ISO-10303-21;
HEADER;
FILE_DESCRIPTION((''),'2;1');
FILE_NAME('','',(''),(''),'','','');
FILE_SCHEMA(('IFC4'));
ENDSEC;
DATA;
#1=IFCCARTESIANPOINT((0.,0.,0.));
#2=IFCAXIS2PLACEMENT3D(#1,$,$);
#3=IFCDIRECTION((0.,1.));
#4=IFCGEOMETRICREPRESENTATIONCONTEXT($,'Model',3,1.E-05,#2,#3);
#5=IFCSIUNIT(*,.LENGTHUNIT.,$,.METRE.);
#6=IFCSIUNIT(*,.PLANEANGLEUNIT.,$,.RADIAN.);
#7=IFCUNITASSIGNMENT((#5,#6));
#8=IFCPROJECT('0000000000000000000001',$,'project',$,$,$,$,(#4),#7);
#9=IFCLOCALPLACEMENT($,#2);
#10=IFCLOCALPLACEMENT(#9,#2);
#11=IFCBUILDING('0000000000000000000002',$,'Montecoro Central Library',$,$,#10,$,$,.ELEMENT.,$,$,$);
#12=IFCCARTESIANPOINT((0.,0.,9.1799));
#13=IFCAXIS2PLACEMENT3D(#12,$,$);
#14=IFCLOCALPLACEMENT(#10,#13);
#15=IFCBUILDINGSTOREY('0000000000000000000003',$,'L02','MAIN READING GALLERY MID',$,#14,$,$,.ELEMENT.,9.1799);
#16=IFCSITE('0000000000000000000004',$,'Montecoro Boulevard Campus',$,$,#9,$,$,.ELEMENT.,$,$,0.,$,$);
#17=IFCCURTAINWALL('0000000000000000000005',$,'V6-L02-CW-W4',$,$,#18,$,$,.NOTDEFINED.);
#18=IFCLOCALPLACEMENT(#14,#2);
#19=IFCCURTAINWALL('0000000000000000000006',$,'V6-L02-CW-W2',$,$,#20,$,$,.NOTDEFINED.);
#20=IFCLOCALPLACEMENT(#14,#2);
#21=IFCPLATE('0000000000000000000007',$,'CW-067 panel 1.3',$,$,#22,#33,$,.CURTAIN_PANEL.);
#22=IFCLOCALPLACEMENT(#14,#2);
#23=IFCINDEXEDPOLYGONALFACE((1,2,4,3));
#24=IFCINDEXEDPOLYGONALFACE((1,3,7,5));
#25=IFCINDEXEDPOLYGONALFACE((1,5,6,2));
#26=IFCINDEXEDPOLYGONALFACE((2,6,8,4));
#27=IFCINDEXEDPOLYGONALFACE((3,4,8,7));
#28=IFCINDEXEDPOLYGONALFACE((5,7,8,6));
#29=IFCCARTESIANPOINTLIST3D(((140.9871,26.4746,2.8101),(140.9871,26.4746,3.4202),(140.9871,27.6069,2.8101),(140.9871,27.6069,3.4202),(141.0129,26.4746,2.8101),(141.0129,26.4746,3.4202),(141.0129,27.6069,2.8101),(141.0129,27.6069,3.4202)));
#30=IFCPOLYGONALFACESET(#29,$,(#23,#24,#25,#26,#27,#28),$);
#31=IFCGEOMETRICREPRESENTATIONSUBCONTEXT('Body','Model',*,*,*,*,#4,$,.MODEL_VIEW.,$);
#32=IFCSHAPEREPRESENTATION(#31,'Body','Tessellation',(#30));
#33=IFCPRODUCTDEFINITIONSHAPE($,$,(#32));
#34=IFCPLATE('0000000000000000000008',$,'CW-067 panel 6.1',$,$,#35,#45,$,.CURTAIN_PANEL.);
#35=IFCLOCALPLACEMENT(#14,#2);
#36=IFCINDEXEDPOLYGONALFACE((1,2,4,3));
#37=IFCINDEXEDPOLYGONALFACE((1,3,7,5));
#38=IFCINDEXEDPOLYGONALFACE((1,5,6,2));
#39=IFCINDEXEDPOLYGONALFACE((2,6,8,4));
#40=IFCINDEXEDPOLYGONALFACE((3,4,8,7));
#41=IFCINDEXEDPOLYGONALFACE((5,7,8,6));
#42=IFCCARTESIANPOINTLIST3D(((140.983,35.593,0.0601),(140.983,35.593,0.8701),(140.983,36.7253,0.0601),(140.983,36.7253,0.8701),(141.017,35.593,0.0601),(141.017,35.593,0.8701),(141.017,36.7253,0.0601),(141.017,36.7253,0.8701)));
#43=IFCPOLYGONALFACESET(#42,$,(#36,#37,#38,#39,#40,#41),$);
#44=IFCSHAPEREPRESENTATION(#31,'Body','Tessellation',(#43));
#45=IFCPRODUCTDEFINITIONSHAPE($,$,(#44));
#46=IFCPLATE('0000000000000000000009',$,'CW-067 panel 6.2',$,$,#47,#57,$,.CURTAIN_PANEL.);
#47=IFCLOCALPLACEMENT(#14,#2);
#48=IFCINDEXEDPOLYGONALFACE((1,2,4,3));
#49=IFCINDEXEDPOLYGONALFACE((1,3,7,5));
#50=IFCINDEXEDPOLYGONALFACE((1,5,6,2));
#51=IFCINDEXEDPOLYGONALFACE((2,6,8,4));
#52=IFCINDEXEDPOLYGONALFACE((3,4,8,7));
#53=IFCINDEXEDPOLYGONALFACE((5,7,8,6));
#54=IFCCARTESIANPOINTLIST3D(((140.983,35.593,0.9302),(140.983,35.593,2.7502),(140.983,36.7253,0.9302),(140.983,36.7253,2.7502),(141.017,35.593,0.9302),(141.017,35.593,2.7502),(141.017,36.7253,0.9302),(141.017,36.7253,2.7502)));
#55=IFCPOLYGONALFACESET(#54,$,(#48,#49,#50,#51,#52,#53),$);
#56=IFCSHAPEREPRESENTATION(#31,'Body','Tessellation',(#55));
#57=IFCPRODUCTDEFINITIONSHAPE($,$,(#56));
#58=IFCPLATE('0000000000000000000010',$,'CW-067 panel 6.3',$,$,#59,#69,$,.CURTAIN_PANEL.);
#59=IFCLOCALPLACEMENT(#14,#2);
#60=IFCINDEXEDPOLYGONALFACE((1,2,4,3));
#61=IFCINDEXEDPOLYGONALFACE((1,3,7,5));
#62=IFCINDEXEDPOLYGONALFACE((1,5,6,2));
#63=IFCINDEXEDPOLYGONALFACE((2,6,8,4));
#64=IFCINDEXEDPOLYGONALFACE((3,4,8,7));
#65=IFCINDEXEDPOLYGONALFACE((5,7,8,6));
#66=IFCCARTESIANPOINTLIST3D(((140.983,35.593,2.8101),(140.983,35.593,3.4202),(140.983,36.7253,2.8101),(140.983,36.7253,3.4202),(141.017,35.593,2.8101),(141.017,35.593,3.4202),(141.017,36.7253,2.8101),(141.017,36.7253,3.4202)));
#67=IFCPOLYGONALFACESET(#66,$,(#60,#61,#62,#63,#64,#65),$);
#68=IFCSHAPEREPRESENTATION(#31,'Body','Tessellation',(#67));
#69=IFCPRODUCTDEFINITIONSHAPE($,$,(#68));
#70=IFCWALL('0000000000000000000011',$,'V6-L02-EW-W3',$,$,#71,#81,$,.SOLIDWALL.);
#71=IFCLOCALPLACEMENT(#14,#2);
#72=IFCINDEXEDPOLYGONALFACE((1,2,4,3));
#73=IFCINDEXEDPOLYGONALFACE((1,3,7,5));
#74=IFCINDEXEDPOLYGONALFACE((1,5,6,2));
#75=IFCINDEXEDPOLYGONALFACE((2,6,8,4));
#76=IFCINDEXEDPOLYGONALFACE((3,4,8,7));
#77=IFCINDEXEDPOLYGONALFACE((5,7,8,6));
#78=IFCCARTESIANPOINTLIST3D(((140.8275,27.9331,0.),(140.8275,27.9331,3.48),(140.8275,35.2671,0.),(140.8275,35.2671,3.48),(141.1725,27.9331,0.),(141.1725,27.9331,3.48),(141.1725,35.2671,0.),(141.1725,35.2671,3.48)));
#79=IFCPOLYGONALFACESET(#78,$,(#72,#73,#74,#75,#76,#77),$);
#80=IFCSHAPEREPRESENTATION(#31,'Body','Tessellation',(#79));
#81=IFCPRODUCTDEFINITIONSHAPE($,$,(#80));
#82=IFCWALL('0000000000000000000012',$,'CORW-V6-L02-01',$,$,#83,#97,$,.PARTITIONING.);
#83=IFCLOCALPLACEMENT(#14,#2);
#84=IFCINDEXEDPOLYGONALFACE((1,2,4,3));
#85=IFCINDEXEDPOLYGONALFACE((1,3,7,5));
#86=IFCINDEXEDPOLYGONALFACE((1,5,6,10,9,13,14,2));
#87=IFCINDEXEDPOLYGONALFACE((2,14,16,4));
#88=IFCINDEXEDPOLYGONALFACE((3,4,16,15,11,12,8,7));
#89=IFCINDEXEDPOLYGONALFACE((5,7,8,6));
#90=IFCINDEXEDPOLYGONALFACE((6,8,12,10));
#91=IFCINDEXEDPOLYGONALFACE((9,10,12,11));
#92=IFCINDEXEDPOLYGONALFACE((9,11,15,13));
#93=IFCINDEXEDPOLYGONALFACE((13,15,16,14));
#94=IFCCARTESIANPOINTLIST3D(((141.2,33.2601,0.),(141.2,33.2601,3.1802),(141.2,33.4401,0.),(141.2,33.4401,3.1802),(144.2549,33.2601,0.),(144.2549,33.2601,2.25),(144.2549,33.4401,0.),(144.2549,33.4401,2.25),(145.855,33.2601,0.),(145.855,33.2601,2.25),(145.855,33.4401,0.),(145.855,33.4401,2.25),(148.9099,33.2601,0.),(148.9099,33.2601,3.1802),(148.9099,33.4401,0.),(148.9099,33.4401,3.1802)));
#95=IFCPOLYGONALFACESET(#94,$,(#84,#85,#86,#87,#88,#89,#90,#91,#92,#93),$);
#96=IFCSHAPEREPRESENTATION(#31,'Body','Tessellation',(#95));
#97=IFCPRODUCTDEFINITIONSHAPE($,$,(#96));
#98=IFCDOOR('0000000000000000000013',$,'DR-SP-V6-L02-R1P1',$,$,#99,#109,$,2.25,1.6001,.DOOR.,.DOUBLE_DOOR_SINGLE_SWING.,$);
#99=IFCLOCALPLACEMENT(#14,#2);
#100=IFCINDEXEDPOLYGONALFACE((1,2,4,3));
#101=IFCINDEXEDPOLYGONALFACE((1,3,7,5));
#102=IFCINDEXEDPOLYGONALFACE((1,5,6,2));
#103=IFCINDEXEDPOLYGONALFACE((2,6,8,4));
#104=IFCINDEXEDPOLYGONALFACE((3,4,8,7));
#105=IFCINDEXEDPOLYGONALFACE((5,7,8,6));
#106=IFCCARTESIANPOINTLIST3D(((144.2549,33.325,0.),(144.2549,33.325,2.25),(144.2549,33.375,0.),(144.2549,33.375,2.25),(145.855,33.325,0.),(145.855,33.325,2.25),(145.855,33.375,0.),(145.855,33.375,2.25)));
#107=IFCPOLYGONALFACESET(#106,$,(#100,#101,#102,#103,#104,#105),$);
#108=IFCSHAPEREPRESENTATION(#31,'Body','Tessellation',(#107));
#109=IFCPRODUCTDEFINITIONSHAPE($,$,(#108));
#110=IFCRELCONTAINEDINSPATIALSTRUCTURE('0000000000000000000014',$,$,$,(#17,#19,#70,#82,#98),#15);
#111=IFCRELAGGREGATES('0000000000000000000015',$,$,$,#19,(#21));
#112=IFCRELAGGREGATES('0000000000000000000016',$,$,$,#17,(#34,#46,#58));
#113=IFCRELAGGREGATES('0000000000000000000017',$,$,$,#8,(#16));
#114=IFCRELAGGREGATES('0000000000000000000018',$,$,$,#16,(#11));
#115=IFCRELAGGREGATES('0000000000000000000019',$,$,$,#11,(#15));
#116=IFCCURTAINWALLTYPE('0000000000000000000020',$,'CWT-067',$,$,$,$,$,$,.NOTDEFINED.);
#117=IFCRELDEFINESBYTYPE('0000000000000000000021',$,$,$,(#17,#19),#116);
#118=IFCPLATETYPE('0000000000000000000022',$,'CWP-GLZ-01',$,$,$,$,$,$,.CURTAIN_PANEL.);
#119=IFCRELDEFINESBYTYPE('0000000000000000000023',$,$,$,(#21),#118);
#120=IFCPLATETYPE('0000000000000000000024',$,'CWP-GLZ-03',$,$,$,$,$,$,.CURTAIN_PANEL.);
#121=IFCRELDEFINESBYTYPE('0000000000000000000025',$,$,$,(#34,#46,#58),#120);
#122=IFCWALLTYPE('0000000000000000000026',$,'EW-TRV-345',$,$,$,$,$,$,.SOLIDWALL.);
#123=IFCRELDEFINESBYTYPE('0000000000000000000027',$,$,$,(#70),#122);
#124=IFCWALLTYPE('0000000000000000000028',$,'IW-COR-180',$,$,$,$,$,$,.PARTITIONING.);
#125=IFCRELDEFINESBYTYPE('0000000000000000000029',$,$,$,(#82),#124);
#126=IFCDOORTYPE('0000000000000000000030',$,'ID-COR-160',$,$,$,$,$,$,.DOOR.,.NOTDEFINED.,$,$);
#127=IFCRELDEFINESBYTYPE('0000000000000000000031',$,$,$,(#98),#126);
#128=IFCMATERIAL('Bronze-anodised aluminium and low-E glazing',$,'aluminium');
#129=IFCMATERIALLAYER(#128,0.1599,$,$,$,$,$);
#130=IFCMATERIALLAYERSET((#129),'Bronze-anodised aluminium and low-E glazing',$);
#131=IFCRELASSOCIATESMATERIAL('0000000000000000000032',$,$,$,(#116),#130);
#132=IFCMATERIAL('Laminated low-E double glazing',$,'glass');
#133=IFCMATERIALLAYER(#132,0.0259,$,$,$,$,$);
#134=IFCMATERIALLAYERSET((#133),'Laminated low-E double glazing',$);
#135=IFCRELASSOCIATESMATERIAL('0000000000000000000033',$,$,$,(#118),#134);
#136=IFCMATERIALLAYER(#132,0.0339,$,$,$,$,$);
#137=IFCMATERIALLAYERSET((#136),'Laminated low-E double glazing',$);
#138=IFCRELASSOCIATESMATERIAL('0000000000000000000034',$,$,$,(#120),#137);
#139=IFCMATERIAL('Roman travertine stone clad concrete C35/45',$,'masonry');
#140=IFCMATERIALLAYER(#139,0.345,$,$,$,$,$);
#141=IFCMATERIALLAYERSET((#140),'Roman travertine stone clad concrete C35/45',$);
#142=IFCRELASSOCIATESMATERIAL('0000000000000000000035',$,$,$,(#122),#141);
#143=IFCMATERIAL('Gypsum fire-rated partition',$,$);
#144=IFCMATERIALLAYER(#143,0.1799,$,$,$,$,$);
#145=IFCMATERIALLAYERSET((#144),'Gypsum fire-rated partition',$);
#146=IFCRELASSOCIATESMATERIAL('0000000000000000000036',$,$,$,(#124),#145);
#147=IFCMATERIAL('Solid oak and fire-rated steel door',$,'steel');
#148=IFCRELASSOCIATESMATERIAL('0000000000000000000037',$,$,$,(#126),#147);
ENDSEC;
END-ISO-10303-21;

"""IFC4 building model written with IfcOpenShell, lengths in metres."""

from ifc_helpers import new_model, si_unit, direction, frame, frame_2d, origin, origin_2d, place, context, subcontext, project, spatial, rectangle, extrude, material, layer, layer_set, type_object, element, fill, aggregate, save


model = new_model("IFC4")

# Units and contexts
model_context = context("Model", 3, precision=1e-05, world=origin(), true_north=direction((0.0, 1.0)))
body_context = subcontext(model_context, "Body", "Model", "MODEL_VIEW")
ifc_project = project(units=[si_unit("LENGTHUNIT", "METRE"), si_unit("PLANEANGLEUNIT", "RADIAN")], contexts=[model_context])

# Site, building, storey
site_placement = place(None, origin())
site = spatial("IfcSite", under=ifc_project, at=site_placement, Name="Montecoro Boulevard Campus", CompositionType="ELEMENT", RefElevation=0.0)
building_placement = place(site_placement, origin())
building = spatial("IfcBuilding", under=site, at=building_placement, Name="Montecoro Central Library", CompositionType="ELEMENT")
storey_placement = place(building_placement, frame((0.0, 0.0, 9.1799)))
storey = spatial("IfcBuildingStorey", under=building, at=storey_placement, Name="L02", Description="MAIN READING GALLERY MID", CompositionType="ELEMENT", Elevation=9.1799)

# Curtain walls
ifc_material_1 = material(Name="Bronze-anodised aluminium and low-E glazing", Category="aluminium")
ifc_layer_1 = layer(ifc_material_1, 0.1599)
ifc_layer_set_1 = layer_set([ifc_layer_1], Name="Bronze-anodised aluminium and low-E glazing")
curtain_wall_type = type_object("IfcCurtainWallType", Name="CWT-067", PredefinedType="NOTDEFINED", material=ifc_layer_set_1)
curtain_wall_1_placement = place(storey_placement, origin())
curtain_wall_1 = element("IfcCurtainWall", 1, at=curtain_wall_1_placement, inside=storey, type_object=curtain_wall_type, Name="V6-L02-CW-W4", PredefinedType="NOTDEFINED")
curtain_wall_2_placement = place(storey_placement, origin())
curtain_wall_2 = element("IfcCurtainWall", 2, at=curtain_wall_2_placement, inside=storey, type_object=curtain_wall_type, Name="V6-L02-CW-W2", PredefinedType="NOTDEFINED")

# Plates
ifc_material_2 = material(Name="Laminated low-E double glazing", Category="glass")
ifc_layer_2 = layer(ifc_material_2, 0.0259)
ifc_layer_set_2 = layer_set([ifc_layer_2], Name="Laminated low-E double glazing")
plate_type_1 = type_object("IfcPlateType", Name="CWP-GLZ-01", PredefinedType="CURTAIN_PANEL", material=ifc_layer_set_2)
plate_1_placement = place(storey_placement, frame((141.0, 27.0408, 2.8101), z_axis=(0.0, 0.0, 1.0), x_axis=(0.0, -1.0, 0.0)))
plate_1 = element("IfcPlate", 3, at=plate_1_placement, type_object=plate_type_1, Name="CW-067 panel 1.3", PredefinedType="CURTAIN_PANEL", context=body_context, shape_type="SweptSolid", body=[
    extrude(rectangle(XDim=1.1323, YDim=0.0259, at=origin_2d()), origin(), (0.0, 0.0, 1.0), 0.6101),
])
aggregate(curtain_wall_2, [plate_1])
ifc_layer_3 = layer(ifc_material_2, 0.0339)
ifc_layer_set_3 = layer_set([ifc_layer_3], Name="Laminated low-E double glazing")
plate_type_2 = type_object("IfcPlateType", Name="CWP-GLZ-03", PredefinedType="CURTAIN_PANEL", material=ifc_layer_set_3)
plate_2_placement = place(storey_placement, frame((141.0, 36.1592, 0.0601), z_axis=(0.0, 0.0, 1.0), x_axis=(0.0, -1.0, 0.0)))
plate_2 = element("IfcPlate", 4, at=plate_2_placement, type_object=plate_type_2, Name="CW-067 panel 6.1", PredefinedType="CURTAIN_PANEL", context=body_context, shape_type="SweptSolid", body=[
    extrude(rectangle(XDim=1.1323, YDim=0.0339, at=origin_2d()), origin(), (0.0, 0.0, 1.0), 0.8101),
])
plate_3_placement = place(storey_placement, frame((141.0, 36.1592, 0.9302), z_axis=(0.0, 0.0, 1.0), x_axis=(0.0, -1.0, 0.0)))
plate_3 = element("IfcPlate", 5, at=plate_3_placement, type_object=plate_type_2, Name="CW-067 panel 6.2", PredefinedType="CURTAIN_PANEL", context=body_context, shape_type="SweptSolid", body=[
    extrude(rectangle(XDim=1.1323, YDim=0.0339, at=origin_2d()), origin(), (0.0, 0.0, 1.0), 1.8201),
])
plate_4_placement = place(storey_placement, frame((141.0, 36.1592, 2.8101), z_axis=(0.0, 0.0, 1.0), x_axis=(0.0, -1.0, 0.0)))
plate_4 = element("IfcPlate", 6, at=plate_4_placement, type_object=plate_type_2, Name="CW-067 panel 6.3", PredefinedType="CURTAIN_PANEL", context=body_context, shape_type="SweptSolid", body=[
    extrude(rectangle(XDim=1.1323, YDim=0.0339, at=origin_2d()), origin(), (0.0, 0.0, 1.0), 0.6101),
])
aggregate(curtain_wall_1, [plate_2, plate_3, plate_4])

# Wall
ifc_material_3 = material(Name="Roman travertine stone clad concrete C35/45", Category="masonry")
ifc_layer_4 = layer(ifc_material_3, 0.345)
ifc_layer_set_4 = layer_set([ifc_layer_4], Name="Roman travertine stone clad concrete C35/45")
wall_type_1 = type_object("IfcWallType", Name="EW-TRV-345", PredefinedType="SOLIDWALL", material=ifc_layer_set_4)
wall_1_placement = place(storey_placement, frame((141.0, 35.2671, 0.0), z_axis=(0.0, 0.0, 1.0), x_axis=(0.0, -1.0, 0.0)))
element("IfcWall", 7, at=wall_1_placement, inside=storey, type_object=wall_type_1, Name="V6-L02-EW-W3", PredefinedType="SOLIDWALL", context=body_context, shape_type="SweptSolid", body=[
    extrude(rectangle(XDim=7.334, YDim=0.345, at=frame_2d((3.667, 0.0))), origin(), (0.0, 0.0, 1.0), 3.48),
])

# Wall, opening, door
ifc_material_4 = material(Name="Gypsum fire-rated partition")
ifc_layer_5 = layer(ifc_material_4, 0.1799)
ifc_layer_set_5 = layer_set([ifc_layer_5], Name="Gypsum fire-rated partition")
wall_type_2 = type_object("IfcWallType", Name="IW-COR-180", PredefinedType="PARTITIONING", material=ifc_layer_set_5)
wall_2_placement = place(storey_placement, frame((141.2, 33.3501, 0.0), z_axis=(0.0, 0.0, 1.0), x_axis=(1.0, 0.0, 0.0)))
wall_2 = element("IfcWall", 8, at=wall_2_placement, inside=storey, type_object=wall_type_2, Name="CORW-V6-L02-01", PredefinedType="PARTITIONING", context=body_context, shape_type="SweptSolid", body=[
    extrude(rectangle(XDim=7.71, YDim=0.1799, at=frame_2d((3.855, 0.0))), origin(), (0.0, 0.0, 1.0), 3.1802),
])
opening_placement = place(wall_2_placement, frame((3.0549, 0.0, 0.0)))
opening = element("IfcOpeningElement", 9, at=opening_placement, cuts=wall_2, PredefinedType="OPENING", context=body_context, shape_type="SweptSolid", body=[
    extrude(rectangle(XDim=1.6001, YDim=2.25, at=frame_2d((0.8, 1.125))), frame((0.0, 0.0999, 0.0), z_axis=(0.0, -1.0, 0.0), x_axis=(1.0, 0.0, 0.0)), (0.0, 0.0, 1.0), 0.2),
])
ifc_material_5 = material(Name="Solid oak and fire-rated steel door", Category="steel")
door_type = type_object("IfcDoorType", Name="ID-COR-160", OperationType="NOTDEFINED", PredefinedType="DOOR", material=ifc_material_5)
door_placement = place(opening_placement, origin())
door = element("IfcDoor", 10, at=door_placement, inside=storey, type_object=door_type, Name="DR-SP-V6-L02-R1P1", OperationType="DOUBLE_DOOR_SINGLE_SWING", OverallHeight=2.25, OverallWidth=1.6001, PredefinedType="DOOR", context=body_context, shape_type="SweptSolid", body=[
    extrude(rectangle(XDim=1.6001, YDim=2.25, at=frame_2d((0.8, 1.125))), frame((0.0, 0.0249, 0.0), z_axis=(0.0, -1.0, 0.0), x_axis=(1.0, 0.0, 0.0)), (0.0, 0.0, 1.0), 0.05),
])
fill(opening, door)

save(model, "model.ifc")
